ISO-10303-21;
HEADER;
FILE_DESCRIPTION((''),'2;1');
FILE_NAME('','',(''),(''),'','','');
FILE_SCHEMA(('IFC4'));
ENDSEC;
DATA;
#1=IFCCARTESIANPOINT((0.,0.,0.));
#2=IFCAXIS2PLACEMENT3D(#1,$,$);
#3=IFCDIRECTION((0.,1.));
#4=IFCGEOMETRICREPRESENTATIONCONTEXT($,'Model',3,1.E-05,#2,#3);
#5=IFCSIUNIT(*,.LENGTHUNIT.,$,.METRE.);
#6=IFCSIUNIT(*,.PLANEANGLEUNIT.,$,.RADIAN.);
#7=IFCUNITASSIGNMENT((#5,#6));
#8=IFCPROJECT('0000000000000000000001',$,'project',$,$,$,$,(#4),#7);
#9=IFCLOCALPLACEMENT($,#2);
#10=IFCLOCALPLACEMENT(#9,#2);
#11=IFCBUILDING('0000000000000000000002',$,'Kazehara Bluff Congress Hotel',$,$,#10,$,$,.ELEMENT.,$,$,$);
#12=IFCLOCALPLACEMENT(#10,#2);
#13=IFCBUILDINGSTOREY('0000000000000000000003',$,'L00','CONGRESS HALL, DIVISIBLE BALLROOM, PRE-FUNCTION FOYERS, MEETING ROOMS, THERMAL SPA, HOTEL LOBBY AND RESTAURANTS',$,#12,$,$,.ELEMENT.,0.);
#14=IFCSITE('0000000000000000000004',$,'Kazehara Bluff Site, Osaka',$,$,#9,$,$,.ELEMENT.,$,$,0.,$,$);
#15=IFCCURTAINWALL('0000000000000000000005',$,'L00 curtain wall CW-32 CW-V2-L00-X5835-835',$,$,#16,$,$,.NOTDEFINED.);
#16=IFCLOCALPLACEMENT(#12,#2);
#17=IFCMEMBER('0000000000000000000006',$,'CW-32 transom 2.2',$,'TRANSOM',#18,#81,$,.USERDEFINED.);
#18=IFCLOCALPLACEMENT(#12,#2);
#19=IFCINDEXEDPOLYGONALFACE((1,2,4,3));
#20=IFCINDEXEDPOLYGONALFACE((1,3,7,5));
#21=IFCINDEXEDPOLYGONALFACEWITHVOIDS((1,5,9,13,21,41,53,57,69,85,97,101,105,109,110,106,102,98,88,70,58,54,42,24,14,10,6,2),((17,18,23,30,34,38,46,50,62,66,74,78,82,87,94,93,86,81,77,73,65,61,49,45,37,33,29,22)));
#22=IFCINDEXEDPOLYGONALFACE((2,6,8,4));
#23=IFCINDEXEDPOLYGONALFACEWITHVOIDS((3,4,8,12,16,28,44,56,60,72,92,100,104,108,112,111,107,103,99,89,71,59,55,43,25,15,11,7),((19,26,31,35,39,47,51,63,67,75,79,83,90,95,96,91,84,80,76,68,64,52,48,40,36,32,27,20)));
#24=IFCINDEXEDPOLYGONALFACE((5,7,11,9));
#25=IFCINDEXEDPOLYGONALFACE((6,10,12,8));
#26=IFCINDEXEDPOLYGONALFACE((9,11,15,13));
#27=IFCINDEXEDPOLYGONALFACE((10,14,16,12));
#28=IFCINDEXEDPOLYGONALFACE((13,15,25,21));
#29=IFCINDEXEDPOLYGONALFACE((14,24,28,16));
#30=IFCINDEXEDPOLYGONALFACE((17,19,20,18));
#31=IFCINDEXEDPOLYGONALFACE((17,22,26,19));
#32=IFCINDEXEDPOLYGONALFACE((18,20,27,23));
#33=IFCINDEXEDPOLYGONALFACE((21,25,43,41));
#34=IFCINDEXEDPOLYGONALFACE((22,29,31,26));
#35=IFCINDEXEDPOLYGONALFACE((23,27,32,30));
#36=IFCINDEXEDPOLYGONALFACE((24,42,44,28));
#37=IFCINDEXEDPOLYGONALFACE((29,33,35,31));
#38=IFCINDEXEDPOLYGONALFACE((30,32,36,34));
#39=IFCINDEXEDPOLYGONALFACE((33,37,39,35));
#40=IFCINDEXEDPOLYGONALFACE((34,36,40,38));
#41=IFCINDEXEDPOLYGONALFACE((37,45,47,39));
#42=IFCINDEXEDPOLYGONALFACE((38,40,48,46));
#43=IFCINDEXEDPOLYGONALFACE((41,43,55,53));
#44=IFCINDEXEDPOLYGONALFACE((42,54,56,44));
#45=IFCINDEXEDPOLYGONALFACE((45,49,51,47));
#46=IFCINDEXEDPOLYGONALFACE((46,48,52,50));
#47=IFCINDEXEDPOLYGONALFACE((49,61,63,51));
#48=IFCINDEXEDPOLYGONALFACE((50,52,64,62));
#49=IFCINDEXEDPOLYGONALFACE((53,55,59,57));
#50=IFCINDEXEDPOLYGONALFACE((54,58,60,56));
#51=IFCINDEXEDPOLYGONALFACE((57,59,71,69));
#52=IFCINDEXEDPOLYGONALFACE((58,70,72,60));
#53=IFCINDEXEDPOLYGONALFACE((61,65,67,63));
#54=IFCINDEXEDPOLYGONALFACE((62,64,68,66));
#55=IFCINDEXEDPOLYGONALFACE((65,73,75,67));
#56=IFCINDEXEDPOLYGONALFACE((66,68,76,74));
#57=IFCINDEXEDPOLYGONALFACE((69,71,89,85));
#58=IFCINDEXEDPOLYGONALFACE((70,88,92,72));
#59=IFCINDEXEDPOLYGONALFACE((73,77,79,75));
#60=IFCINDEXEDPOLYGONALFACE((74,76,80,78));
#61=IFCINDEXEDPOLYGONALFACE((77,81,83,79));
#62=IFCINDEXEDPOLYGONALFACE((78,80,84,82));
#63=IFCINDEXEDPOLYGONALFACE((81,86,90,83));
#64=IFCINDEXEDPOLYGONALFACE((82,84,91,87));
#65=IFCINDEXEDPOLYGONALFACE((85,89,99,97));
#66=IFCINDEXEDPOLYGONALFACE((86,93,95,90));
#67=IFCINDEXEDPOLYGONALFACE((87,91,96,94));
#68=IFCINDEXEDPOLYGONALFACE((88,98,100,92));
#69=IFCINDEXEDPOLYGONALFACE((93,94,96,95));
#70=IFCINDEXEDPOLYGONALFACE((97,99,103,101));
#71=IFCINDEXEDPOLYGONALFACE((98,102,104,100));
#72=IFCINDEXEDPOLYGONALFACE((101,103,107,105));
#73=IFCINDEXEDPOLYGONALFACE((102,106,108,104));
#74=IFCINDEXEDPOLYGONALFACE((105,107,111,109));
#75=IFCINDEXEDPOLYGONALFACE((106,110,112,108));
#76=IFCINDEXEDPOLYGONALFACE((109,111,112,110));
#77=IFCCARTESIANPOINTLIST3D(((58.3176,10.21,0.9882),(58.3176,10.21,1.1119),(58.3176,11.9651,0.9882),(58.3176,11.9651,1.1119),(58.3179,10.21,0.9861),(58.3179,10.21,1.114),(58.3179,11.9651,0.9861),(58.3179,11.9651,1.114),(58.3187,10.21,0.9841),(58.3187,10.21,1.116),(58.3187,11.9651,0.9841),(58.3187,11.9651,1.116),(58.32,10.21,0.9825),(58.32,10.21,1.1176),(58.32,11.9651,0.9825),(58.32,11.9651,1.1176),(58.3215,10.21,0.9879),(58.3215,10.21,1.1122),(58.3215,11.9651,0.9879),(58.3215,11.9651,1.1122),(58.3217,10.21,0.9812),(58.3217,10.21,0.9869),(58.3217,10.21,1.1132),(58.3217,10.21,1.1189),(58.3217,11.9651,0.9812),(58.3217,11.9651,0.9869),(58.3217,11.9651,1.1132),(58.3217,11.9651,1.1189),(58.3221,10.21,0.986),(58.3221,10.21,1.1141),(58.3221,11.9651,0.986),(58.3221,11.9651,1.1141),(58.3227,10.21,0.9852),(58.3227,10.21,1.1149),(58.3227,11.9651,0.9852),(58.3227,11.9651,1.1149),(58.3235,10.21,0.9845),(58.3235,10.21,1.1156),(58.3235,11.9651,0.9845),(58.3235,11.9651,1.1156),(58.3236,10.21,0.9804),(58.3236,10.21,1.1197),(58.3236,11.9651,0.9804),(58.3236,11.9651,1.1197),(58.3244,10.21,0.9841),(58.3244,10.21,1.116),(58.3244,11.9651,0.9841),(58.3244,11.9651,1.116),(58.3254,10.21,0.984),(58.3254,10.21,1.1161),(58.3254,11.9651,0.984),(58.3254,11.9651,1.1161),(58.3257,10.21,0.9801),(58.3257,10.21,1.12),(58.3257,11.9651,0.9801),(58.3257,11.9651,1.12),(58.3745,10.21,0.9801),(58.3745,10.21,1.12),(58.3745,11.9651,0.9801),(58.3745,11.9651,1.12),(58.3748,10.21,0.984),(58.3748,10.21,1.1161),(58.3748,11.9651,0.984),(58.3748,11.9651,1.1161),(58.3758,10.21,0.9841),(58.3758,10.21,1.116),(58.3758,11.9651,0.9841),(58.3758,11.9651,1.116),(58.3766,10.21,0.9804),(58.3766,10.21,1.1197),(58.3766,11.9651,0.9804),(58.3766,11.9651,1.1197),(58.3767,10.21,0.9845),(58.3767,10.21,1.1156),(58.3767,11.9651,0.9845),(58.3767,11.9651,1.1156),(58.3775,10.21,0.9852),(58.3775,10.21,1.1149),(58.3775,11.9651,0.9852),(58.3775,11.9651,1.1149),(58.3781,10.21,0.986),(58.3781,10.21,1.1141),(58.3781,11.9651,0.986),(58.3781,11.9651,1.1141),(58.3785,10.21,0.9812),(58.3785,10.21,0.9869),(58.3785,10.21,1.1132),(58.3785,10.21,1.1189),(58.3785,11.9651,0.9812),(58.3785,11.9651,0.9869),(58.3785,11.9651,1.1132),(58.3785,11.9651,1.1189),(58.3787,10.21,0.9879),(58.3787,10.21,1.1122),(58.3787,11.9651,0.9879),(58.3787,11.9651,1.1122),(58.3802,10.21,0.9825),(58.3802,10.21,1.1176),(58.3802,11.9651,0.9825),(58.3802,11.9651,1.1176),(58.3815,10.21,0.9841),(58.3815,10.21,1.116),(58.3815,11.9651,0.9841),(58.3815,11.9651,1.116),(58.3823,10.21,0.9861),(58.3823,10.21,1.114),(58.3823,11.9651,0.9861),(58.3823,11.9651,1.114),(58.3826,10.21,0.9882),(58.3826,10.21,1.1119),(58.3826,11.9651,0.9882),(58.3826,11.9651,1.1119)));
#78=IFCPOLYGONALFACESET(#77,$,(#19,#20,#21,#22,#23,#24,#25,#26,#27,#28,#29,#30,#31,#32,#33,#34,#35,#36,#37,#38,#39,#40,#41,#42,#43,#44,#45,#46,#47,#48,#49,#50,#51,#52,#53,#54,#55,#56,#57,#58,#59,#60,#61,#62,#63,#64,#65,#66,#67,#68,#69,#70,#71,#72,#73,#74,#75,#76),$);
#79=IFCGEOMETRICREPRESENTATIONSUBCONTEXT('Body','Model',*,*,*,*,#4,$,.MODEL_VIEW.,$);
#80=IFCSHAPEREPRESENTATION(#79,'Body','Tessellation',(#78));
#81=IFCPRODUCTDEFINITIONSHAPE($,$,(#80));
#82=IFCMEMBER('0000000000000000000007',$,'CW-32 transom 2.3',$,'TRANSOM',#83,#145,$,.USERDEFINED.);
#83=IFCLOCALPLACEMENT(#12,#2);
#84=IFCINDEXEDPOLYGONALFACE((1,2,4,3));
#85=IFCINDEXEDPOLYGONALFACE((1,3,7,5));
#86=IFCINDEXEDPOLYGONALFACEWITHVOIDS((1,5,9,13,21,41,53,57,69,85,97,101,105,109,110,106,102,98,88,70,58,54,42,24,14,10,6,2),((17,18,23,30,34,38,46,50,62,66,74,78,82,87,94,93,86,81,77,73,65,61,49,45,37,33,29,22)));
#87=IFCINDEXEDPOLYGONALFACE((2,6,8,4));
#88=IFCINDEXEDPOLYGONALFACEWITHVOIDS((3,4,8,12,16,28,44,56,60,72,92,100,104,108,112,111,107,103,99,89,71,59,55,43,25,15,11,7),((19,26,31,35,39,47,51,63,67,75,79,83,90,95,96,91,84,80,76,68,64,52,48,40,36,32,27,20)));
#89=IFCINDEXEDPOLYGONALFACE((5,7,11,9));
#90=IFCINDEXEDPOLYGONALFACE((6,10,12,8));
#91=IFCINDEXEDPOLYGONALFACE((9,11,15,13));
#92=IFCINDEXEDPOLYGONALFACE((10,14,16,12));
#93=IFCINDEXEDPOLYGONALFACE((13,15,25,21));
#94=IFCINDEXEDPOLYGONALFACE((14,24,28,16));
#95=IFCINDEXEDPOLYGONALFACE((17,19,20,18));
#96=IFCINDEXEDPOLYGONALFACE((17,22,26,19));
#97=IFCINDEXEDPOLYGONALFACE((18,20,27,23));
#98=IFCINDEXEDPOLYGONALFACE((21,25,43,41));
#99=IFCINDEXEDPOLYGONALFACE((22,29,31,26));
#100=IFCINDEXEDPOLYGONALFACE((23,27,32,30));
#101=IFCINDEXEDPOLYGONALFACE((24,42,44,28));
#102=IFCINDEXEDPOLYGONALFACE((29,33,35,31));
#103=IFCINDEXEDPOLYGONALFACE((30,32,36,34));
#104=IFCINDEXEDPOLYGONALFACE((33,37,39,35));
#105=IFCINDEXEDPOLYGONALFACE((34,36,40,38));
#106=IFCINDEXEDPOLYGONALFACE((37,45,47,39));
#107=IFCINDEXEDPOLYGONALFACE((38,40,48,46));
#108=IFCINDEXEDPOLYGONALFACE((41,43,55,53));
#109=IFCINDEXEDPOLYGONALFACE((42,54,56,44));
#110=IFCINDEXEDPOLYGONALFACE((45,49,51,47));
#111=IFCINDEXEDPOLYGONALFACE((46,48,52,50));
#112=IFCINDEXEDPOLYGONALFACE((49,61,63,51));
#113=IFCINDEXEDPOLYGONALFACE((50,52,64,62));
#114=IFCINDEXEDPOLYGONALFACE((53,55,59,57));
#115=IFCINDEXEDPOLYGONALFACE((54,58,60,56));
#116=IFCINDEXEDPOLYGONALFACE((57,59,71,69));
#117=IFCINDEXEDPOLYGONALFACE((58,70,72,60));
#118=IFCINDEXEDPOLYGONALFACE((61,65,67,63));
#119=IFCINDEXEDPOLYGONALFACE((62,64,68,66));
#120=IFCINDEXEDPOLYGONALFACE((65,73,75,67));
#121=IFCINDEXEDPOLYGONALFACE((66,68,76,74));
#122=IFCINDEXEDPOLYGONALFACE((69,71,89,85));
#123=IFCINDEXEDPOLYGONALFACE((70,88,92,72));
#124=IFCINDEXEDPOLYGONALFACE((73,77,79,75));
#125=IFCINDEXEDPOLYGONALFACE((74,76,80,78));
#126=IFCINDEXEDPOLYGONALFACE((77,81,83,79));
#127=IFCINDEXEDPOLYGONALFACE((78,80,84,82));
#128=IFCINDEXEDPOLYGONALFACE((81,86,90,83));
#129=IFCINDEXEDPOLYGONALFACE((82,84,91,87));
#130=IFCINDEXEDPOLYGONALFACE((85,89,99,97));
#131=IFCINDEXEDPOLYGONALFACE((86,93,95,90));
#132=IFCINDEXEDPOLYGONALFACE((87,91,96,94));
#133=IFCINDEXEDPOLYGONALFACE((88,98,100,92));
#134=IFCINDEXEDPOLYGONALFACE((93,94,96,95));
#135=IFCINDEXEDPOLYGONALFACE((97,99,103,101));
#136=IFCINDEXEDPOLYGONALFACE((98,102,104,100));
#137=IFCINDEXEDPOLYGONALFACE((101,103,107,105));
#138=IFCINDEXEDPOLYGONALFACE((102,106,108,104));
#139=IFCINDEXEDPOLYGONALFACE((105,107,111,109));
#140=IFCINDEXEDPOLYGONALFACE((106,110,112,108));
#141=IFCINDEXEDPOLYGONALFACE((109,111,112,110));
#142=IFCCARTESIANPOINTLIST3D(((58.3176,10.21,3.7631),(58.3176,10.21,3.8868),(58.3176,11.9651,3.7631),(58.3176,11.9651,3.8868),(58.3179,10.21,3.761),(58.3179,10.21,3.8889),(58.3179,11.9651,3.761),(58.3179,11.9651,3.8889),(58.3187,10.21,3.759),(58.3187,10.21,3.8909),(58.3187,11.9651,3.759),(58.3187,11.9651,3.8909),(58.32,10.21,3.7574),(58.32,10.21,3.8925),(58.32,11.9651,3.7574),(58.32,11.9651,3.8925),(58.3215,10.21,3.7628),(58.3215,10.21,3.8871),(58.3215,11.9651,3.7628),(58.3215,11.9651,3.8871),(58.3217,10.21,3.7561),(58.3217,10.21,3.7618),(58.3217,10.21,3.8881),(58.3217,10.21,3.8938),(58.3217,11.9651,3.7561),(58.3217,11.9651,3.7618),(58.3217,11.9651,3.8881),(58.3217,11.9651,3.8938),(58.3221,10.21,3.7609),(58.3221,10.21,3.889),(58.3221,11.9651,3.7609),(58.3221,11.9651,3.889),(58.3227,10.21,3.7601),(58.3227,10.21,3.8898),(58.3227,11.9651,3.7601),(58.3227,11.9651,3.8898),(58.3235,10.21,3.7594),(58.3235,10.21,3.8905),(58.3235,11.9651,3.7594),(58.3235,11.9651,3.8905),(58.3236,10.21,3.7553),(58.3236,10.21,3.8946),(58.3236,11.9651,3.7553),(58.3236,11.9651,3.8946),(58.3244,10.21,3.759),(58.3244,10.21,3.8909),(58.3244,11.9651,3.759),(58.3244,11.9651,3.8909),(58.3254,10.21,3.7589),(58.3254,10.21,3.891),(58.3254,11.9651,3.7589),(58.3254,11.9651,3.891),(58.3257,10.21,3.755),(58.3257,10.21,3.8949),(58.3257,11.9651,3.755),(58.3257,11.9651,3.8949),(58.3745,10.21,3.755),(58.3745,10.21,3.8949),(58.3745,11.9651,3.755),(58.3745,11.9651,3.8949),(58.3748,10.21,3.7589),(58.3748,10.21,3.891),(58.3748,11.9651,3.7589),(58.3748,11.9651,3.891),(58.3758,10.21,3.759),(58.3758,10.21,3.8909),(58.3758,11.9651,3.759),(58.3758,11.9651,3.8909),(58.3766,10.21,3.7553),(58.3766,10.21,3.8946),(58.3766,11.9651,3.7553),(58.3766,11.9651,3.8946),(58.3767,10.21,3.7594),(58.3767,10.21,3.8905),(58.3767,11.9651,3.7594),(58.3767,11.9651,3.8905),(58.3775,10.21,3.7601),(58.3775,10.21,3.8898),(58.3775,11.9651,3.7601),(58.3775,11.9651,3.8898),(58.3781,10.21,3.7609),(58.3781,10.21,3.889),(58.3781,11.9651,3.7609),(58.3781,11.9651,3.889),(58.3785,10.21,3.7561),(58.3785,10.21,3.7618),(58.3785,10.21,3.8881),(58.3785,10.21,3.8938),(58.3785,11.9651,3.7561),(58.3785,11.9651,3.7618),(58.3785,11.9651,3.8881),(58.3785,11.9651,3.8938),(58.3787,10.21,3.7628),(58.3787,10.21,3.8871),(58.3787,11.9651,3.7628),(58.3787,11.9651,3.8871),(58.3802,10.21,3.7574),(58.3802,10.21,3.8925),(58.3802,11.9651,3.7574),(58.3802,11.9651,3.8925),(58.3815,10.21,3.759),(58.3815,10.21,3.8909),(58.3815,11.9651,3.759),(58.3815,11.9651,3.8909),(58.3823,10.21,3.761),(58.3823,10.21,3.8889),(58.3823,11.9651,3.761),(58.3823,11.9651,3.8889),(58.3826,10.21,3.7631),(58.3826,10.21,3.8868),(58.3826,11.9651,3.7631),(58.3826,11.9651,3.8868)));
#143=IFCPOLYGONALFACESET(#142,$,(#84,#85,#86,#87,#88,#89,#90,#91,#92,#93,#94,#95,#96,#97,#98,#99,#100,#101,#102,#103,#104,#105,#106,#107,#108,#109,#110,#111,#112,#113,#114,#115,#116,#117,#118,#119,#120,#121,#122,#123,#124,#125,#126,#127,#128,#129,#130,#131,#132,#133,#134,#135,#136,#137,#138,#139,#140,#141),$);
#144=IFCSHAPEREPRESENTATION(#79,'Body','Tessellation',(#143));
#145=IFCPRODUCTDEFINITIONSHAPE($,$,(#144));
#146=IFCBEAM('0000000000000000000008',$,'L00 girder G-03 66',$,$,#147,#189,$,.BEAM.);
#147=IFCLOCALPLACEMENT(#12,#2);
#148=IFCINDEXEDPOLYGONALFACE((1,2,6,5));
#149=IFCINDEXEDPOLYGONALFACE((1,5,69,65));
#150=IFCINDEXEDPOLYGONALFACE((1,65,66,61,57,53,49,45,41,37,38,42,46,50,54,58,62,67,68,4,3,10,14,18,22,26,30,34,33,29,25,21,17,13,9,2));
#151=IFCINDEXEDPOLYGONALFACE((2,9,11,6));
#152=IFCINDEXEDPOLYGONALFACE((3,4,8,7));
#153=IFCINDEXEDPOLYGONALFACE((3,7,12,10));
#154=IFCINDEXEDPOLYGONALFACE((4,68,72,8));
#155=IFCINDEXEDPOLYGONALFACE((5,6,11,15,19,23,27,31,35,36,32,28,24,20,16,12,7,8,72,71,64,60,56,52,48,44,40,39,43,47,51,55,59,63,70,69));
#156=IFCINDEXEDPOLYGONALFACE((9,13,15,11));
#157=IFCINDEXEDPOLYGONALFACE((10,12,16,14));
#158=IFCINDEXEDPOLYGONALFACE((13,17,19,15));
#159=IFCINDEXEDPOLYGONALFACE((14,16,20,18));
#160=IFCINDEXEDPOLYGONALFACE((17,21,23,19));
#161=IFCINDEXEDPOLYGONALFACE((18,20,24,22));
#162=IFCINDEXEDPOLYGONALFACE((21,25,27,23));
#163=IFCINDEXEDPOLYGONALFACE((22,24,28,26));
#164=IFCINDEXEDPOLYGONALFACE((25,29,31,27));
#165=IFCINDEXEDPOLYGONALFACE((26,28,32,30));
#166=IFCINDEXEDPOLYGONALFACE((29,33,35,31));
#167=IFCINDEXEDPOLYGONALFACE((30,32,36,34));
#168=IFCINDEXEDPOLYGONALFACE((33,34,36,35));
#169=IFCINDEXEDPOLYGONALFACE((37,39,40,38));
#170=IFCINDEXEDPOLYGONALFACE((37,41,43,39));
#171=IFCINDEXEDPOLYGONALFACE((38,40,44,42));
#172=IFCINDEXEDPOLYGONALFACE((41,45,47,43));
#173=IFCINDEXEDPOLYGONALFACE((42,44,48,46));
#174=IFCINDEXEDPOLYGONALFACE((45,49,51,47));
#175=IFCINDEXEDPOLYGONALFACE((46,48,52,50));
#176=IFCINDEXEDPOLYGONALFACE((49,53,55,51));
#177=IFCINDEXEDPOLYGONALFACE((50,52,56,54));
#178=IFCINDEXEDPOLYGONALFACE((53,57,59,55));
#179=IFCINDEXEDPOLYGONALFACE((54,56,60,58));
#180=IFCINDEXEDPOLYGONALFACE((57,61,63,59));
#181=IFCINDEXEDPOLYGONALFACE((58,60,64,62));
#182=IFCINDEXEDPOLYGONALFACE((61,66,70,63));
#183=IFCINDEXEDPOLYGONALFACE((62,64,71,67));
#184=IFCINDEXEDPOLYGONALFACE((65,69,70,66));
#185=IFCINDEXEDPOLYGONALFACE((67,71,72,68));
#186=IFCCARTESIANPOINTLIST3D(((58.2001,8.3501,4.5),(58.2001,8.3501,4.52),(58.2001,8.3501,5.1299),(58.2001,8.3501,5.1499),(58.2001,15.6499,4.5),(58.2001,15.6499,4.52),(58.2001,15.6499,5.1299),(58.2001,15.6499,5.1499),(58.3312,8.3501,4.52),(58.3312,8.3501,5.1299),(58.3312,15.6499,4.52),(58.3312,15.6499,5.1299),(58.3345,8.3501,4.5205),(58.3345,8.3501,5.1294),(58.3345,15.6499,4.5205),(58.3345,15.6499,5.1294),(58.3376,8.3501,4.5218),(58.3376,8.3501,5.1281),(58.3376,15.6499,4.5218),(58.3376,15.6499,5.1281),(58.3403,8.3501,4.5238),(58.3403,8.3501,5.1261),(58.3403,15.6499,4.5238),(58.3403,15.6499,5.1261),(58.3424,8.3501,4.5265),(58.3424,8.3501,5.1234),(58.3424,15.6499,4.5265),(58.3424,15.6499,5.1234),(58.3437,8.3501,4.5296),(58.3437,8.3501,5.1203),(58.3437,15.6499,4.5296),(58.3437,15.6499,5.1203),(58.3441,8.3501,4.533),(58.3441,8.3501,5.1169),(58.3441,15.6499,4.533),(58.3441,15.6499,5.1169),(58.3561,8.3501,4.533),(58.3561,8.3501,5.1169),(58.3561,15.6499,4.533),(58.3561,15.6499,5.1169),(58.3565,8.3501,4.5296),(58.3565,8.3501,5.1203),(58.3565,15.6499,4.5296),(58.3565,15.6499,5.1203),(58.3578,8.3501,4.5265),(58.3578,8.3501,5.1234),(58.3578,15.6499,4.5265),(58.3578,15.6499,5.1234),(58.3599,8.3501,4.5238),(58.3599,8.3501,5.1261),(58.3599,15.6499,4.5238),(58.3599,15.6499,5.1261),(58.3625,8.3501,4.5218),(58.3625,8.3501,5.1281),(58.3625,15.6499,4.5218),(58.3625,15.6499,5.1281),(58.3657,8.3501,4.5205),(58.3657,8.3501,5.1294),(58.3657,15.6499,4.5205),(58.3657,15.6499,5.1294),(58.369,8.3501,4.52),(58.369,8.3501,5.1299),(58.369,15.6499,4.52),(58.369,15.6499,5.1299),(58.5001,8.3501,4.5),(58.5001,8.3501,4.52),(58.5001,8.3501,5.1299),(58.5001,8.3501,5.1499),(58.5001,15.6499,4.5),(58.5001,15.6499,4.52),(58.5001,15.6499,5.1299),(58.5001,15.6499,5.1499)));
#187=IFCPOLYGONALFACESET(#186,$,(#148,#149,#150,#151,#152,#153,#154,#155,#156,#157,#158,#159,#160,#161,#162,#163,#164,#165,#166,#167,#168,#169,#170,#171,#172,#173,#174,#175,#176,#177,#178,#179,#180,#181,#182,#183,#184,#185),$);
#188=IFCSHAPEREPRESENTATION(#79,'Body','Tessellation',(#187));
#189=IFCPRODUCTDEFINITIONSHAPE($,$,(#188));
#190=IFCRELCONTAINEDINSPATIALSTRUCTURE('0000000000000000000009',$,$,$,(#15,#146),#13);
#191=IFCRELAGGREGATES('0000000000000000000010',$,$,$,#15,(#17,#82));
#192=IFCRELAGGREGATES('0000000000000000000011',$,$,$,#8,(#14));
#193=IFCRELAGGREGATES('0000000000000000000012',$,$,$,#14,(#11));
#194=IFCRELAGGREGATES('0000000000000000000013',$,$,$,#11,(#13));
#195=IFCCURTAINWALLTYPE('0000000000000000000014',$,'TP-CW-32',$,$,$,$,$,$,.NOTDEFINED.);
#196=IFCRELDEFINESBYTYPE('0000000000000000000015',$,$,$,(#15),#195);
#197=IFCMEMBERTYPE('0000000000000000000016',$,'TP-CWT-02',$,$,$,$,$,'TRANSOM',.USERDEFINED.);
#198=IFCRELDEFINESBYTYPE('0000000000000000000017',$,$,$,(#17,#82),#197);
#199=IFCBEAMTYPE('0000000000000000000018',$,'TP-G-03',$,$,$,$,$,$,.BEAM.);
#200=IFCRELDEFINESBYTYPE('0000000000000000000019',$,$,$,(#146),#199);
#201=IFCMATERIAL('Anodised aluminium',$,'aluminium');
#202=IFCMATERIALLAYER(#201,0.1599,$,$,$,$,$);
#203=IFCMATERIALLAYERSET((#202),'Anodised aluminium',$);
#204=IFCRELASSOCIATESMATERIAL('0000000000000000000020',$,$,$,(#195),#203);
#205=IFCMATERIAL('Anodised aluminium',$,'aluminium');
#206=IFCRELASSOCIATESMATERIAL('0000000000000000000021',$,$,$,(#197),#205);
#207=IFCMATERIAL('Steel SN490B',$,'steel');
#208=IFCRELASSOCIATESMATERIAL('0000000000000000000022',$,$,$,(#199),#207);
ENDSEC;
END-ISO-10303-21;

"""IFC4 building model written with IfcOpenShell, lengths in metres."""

from ifc_helpers import new_model, si_unit, direction, frame, origin, origin_2d, place, context, subcontext, project, spatial, hollow_rectangle, i_section, extrude, material, layer, layer_set, material_profile, profile_set, type_object, element, aggregate, save


model = new_model("IFC4")

# Units and contexts
model_context = context("Model", 3, precision=1e-05, world=origin(), true_north=direction((0.0, 1.0)))
body_context = subcontext(model_context, "Body", "Model", "MODEL_VIEW")
ifc_project = project(units=[si_unit("LENGTHUNIT", "METRE"), si_unit("PLANEANGLEUNIT", "RADIAN")], contexts=[model_context])

# Site, building, storey
site_placement = place(None, origin())
site = spatial("IfcSite", under=ifc_project, at=site_placement, Name="Kazehara Bluff Site, Osaka", CompositionType="ELEMENT", RefElevation=0.0)
building_placement = place(site_placement, origin())
building = spatial("IfcBuilding", under=site, at=building_placement, Name="Kazehara Bluff Congress Hotel", CompositionType="ELEMENT")
storey_placement = place(building_placement, origin())
storey = spatial("IfcBuildingStorey", under=building, at=storey_placement, Name="L00", Description="CONGRESS HALL, DIVISIBLE BALLROOM, PRE-FUNCTION FOYERS, MEETING ROOMS, THERMAL SPA, HOTEL LOBBY AND RESTAURANTS", CompositionType="ELEMENT", Elevation=0.0)

# Curtain wall
ifc_material_1 = material(Name="Anodised aluminium", Category="aluminium")
ifc_layer_1 = layer(ifc_material_1, 0.1599)
ifc_layer_set_1 = layer_set([ifc_layer_1], Name="Anodised aluminium")
curtain_wall_type_1 = type_object("IfcCurtainWallType", Name="TP-CW-32", PredefinedType="NOTDEFINED", material=ifc_layer_set_1)
curtain_wall_1_placement = place(storey_placement, origin())
curtain_wall_1 = element("IfcCurtainWall", 1, at=curtain_wall_1_placement, inside=storey, type_object=curtain_wall_type_1, Name="L00 curtain wall CW-32 CW-V2-L00-X5835-835", PredefinedType="NOTDEFINED")

# Members
ifc_material_2 = material(Name="Anodised aluminium", Category="aluminium")
ifc_material_profile_1 = material_profile(ifc_material_2, hollow_rectangle(XDim=0.0649, YDim=0.1399, WallThickness=0.0039, InnerFilletRadius=0.0039, OuterFilletRadius=0.0081, at=origin_2d()))
ifc_profile_set_1 = profile_set([ifc_material_profile_1], Name="Anodised aluminium")
member_type_1 = type_object("IfcMemberType", Name="TP-CWT-02", ElementType="TRANSOM", PredefinedType="USERDEFINED", material=ifc_profile_set_1)
member_1_placement = place(storey_placement, frame((58.3501, 10.21, 1.05), z_axis=(0.0, 1.0, 0.0), x_axis=(-1.0, 0.0, 0.0)))
member_1 = element("IfcMember", 2, at=member_1_placement, type_object=member_type_1, Name="CW-32 transom 2.2", ObjectType="TRANSOM", PredefinedType="USERDEFINED", context=body_context, shape_type="SweptSolid", body=[
    extrude(hollow_rectangle(XDim=0.0649, YDim=0.1399, WallThickness=0.0039, InnerFilletRadius=0.0039, OuterFilletRadius=0.0081, at=origin_2d()), origin(), (0.0, 0.0, 1.0), 1.7551),
])
member_2_placement = place(storey_placement, frame((58.3501, 10.21, 3.825), z_axis=(0.0, 1.0, 0.0), x_axis=(-1.0, 0.0, 0.0)))
member_2 = element("IfcMember", 3, at=member_2_placement, type_object=member_type_1, Name="CW-32 transom 2.3", ObjectType="TRANSOM", PredefinedType="USERDEFINED", context=body_context, shape_type="SweptSolid", body=[
    extrude(hollow_rectangle(XDim=0.0649, YDim=0.1399, WallThickness=0.0039, InnerFilletRadius=0.0039, OuterFilletRadius=0.0081, at=origin_2d()), origin(), (0.0, 0.0, 1.0), 1.7551),
])

# Beam
ifc_material_3 = material(Name="Steel SN490B", Category="steel")
ifc_material_profile_2 = material_profile(ifc_material_3, i_section(OverallWidth=0.3, OverallDepth=0.6499, WebThickness=0.012, FlangeThickness=0.02, FilletRadius=0.0129, at=origin_2d()))
ifc_profile_set_2 = profile_set([ifc_material_profile_2], Name="Steel SN490B")
beam_type_1 = type_object("IfcBeamType", Name="TP-G-03", PredefinedType="BEAM", material=ifc_profile_set_2)
beam_1_placement = place(storey_placement, frame((58.3501, 8.3501, 4.825), z_axis=(0.0, 1.0, 0.0), x_axis=(-1.0, 0.0, 0.0)))
element("IfcBeam", 4, at=beam_1_placement, inside=storey, type_object=beam_type_1, Name="L00 girder G-03 66", PredefinedType="BEAM", context=body_context, shape_type="SweptSolid", body=[
    extrude(i_section(OverallWidth=0.3, OverallDepth=0.6499, WebThickness=0.012, FlangeThickness=0.02, FilletRadius=0.0129, at=origin_2d()), origin(), (0.0, 0.0, 1.0), 7.2998),
])

aggregate(curtain_wall_1, [member_1, member_2])

save(model, "model.ifc")
